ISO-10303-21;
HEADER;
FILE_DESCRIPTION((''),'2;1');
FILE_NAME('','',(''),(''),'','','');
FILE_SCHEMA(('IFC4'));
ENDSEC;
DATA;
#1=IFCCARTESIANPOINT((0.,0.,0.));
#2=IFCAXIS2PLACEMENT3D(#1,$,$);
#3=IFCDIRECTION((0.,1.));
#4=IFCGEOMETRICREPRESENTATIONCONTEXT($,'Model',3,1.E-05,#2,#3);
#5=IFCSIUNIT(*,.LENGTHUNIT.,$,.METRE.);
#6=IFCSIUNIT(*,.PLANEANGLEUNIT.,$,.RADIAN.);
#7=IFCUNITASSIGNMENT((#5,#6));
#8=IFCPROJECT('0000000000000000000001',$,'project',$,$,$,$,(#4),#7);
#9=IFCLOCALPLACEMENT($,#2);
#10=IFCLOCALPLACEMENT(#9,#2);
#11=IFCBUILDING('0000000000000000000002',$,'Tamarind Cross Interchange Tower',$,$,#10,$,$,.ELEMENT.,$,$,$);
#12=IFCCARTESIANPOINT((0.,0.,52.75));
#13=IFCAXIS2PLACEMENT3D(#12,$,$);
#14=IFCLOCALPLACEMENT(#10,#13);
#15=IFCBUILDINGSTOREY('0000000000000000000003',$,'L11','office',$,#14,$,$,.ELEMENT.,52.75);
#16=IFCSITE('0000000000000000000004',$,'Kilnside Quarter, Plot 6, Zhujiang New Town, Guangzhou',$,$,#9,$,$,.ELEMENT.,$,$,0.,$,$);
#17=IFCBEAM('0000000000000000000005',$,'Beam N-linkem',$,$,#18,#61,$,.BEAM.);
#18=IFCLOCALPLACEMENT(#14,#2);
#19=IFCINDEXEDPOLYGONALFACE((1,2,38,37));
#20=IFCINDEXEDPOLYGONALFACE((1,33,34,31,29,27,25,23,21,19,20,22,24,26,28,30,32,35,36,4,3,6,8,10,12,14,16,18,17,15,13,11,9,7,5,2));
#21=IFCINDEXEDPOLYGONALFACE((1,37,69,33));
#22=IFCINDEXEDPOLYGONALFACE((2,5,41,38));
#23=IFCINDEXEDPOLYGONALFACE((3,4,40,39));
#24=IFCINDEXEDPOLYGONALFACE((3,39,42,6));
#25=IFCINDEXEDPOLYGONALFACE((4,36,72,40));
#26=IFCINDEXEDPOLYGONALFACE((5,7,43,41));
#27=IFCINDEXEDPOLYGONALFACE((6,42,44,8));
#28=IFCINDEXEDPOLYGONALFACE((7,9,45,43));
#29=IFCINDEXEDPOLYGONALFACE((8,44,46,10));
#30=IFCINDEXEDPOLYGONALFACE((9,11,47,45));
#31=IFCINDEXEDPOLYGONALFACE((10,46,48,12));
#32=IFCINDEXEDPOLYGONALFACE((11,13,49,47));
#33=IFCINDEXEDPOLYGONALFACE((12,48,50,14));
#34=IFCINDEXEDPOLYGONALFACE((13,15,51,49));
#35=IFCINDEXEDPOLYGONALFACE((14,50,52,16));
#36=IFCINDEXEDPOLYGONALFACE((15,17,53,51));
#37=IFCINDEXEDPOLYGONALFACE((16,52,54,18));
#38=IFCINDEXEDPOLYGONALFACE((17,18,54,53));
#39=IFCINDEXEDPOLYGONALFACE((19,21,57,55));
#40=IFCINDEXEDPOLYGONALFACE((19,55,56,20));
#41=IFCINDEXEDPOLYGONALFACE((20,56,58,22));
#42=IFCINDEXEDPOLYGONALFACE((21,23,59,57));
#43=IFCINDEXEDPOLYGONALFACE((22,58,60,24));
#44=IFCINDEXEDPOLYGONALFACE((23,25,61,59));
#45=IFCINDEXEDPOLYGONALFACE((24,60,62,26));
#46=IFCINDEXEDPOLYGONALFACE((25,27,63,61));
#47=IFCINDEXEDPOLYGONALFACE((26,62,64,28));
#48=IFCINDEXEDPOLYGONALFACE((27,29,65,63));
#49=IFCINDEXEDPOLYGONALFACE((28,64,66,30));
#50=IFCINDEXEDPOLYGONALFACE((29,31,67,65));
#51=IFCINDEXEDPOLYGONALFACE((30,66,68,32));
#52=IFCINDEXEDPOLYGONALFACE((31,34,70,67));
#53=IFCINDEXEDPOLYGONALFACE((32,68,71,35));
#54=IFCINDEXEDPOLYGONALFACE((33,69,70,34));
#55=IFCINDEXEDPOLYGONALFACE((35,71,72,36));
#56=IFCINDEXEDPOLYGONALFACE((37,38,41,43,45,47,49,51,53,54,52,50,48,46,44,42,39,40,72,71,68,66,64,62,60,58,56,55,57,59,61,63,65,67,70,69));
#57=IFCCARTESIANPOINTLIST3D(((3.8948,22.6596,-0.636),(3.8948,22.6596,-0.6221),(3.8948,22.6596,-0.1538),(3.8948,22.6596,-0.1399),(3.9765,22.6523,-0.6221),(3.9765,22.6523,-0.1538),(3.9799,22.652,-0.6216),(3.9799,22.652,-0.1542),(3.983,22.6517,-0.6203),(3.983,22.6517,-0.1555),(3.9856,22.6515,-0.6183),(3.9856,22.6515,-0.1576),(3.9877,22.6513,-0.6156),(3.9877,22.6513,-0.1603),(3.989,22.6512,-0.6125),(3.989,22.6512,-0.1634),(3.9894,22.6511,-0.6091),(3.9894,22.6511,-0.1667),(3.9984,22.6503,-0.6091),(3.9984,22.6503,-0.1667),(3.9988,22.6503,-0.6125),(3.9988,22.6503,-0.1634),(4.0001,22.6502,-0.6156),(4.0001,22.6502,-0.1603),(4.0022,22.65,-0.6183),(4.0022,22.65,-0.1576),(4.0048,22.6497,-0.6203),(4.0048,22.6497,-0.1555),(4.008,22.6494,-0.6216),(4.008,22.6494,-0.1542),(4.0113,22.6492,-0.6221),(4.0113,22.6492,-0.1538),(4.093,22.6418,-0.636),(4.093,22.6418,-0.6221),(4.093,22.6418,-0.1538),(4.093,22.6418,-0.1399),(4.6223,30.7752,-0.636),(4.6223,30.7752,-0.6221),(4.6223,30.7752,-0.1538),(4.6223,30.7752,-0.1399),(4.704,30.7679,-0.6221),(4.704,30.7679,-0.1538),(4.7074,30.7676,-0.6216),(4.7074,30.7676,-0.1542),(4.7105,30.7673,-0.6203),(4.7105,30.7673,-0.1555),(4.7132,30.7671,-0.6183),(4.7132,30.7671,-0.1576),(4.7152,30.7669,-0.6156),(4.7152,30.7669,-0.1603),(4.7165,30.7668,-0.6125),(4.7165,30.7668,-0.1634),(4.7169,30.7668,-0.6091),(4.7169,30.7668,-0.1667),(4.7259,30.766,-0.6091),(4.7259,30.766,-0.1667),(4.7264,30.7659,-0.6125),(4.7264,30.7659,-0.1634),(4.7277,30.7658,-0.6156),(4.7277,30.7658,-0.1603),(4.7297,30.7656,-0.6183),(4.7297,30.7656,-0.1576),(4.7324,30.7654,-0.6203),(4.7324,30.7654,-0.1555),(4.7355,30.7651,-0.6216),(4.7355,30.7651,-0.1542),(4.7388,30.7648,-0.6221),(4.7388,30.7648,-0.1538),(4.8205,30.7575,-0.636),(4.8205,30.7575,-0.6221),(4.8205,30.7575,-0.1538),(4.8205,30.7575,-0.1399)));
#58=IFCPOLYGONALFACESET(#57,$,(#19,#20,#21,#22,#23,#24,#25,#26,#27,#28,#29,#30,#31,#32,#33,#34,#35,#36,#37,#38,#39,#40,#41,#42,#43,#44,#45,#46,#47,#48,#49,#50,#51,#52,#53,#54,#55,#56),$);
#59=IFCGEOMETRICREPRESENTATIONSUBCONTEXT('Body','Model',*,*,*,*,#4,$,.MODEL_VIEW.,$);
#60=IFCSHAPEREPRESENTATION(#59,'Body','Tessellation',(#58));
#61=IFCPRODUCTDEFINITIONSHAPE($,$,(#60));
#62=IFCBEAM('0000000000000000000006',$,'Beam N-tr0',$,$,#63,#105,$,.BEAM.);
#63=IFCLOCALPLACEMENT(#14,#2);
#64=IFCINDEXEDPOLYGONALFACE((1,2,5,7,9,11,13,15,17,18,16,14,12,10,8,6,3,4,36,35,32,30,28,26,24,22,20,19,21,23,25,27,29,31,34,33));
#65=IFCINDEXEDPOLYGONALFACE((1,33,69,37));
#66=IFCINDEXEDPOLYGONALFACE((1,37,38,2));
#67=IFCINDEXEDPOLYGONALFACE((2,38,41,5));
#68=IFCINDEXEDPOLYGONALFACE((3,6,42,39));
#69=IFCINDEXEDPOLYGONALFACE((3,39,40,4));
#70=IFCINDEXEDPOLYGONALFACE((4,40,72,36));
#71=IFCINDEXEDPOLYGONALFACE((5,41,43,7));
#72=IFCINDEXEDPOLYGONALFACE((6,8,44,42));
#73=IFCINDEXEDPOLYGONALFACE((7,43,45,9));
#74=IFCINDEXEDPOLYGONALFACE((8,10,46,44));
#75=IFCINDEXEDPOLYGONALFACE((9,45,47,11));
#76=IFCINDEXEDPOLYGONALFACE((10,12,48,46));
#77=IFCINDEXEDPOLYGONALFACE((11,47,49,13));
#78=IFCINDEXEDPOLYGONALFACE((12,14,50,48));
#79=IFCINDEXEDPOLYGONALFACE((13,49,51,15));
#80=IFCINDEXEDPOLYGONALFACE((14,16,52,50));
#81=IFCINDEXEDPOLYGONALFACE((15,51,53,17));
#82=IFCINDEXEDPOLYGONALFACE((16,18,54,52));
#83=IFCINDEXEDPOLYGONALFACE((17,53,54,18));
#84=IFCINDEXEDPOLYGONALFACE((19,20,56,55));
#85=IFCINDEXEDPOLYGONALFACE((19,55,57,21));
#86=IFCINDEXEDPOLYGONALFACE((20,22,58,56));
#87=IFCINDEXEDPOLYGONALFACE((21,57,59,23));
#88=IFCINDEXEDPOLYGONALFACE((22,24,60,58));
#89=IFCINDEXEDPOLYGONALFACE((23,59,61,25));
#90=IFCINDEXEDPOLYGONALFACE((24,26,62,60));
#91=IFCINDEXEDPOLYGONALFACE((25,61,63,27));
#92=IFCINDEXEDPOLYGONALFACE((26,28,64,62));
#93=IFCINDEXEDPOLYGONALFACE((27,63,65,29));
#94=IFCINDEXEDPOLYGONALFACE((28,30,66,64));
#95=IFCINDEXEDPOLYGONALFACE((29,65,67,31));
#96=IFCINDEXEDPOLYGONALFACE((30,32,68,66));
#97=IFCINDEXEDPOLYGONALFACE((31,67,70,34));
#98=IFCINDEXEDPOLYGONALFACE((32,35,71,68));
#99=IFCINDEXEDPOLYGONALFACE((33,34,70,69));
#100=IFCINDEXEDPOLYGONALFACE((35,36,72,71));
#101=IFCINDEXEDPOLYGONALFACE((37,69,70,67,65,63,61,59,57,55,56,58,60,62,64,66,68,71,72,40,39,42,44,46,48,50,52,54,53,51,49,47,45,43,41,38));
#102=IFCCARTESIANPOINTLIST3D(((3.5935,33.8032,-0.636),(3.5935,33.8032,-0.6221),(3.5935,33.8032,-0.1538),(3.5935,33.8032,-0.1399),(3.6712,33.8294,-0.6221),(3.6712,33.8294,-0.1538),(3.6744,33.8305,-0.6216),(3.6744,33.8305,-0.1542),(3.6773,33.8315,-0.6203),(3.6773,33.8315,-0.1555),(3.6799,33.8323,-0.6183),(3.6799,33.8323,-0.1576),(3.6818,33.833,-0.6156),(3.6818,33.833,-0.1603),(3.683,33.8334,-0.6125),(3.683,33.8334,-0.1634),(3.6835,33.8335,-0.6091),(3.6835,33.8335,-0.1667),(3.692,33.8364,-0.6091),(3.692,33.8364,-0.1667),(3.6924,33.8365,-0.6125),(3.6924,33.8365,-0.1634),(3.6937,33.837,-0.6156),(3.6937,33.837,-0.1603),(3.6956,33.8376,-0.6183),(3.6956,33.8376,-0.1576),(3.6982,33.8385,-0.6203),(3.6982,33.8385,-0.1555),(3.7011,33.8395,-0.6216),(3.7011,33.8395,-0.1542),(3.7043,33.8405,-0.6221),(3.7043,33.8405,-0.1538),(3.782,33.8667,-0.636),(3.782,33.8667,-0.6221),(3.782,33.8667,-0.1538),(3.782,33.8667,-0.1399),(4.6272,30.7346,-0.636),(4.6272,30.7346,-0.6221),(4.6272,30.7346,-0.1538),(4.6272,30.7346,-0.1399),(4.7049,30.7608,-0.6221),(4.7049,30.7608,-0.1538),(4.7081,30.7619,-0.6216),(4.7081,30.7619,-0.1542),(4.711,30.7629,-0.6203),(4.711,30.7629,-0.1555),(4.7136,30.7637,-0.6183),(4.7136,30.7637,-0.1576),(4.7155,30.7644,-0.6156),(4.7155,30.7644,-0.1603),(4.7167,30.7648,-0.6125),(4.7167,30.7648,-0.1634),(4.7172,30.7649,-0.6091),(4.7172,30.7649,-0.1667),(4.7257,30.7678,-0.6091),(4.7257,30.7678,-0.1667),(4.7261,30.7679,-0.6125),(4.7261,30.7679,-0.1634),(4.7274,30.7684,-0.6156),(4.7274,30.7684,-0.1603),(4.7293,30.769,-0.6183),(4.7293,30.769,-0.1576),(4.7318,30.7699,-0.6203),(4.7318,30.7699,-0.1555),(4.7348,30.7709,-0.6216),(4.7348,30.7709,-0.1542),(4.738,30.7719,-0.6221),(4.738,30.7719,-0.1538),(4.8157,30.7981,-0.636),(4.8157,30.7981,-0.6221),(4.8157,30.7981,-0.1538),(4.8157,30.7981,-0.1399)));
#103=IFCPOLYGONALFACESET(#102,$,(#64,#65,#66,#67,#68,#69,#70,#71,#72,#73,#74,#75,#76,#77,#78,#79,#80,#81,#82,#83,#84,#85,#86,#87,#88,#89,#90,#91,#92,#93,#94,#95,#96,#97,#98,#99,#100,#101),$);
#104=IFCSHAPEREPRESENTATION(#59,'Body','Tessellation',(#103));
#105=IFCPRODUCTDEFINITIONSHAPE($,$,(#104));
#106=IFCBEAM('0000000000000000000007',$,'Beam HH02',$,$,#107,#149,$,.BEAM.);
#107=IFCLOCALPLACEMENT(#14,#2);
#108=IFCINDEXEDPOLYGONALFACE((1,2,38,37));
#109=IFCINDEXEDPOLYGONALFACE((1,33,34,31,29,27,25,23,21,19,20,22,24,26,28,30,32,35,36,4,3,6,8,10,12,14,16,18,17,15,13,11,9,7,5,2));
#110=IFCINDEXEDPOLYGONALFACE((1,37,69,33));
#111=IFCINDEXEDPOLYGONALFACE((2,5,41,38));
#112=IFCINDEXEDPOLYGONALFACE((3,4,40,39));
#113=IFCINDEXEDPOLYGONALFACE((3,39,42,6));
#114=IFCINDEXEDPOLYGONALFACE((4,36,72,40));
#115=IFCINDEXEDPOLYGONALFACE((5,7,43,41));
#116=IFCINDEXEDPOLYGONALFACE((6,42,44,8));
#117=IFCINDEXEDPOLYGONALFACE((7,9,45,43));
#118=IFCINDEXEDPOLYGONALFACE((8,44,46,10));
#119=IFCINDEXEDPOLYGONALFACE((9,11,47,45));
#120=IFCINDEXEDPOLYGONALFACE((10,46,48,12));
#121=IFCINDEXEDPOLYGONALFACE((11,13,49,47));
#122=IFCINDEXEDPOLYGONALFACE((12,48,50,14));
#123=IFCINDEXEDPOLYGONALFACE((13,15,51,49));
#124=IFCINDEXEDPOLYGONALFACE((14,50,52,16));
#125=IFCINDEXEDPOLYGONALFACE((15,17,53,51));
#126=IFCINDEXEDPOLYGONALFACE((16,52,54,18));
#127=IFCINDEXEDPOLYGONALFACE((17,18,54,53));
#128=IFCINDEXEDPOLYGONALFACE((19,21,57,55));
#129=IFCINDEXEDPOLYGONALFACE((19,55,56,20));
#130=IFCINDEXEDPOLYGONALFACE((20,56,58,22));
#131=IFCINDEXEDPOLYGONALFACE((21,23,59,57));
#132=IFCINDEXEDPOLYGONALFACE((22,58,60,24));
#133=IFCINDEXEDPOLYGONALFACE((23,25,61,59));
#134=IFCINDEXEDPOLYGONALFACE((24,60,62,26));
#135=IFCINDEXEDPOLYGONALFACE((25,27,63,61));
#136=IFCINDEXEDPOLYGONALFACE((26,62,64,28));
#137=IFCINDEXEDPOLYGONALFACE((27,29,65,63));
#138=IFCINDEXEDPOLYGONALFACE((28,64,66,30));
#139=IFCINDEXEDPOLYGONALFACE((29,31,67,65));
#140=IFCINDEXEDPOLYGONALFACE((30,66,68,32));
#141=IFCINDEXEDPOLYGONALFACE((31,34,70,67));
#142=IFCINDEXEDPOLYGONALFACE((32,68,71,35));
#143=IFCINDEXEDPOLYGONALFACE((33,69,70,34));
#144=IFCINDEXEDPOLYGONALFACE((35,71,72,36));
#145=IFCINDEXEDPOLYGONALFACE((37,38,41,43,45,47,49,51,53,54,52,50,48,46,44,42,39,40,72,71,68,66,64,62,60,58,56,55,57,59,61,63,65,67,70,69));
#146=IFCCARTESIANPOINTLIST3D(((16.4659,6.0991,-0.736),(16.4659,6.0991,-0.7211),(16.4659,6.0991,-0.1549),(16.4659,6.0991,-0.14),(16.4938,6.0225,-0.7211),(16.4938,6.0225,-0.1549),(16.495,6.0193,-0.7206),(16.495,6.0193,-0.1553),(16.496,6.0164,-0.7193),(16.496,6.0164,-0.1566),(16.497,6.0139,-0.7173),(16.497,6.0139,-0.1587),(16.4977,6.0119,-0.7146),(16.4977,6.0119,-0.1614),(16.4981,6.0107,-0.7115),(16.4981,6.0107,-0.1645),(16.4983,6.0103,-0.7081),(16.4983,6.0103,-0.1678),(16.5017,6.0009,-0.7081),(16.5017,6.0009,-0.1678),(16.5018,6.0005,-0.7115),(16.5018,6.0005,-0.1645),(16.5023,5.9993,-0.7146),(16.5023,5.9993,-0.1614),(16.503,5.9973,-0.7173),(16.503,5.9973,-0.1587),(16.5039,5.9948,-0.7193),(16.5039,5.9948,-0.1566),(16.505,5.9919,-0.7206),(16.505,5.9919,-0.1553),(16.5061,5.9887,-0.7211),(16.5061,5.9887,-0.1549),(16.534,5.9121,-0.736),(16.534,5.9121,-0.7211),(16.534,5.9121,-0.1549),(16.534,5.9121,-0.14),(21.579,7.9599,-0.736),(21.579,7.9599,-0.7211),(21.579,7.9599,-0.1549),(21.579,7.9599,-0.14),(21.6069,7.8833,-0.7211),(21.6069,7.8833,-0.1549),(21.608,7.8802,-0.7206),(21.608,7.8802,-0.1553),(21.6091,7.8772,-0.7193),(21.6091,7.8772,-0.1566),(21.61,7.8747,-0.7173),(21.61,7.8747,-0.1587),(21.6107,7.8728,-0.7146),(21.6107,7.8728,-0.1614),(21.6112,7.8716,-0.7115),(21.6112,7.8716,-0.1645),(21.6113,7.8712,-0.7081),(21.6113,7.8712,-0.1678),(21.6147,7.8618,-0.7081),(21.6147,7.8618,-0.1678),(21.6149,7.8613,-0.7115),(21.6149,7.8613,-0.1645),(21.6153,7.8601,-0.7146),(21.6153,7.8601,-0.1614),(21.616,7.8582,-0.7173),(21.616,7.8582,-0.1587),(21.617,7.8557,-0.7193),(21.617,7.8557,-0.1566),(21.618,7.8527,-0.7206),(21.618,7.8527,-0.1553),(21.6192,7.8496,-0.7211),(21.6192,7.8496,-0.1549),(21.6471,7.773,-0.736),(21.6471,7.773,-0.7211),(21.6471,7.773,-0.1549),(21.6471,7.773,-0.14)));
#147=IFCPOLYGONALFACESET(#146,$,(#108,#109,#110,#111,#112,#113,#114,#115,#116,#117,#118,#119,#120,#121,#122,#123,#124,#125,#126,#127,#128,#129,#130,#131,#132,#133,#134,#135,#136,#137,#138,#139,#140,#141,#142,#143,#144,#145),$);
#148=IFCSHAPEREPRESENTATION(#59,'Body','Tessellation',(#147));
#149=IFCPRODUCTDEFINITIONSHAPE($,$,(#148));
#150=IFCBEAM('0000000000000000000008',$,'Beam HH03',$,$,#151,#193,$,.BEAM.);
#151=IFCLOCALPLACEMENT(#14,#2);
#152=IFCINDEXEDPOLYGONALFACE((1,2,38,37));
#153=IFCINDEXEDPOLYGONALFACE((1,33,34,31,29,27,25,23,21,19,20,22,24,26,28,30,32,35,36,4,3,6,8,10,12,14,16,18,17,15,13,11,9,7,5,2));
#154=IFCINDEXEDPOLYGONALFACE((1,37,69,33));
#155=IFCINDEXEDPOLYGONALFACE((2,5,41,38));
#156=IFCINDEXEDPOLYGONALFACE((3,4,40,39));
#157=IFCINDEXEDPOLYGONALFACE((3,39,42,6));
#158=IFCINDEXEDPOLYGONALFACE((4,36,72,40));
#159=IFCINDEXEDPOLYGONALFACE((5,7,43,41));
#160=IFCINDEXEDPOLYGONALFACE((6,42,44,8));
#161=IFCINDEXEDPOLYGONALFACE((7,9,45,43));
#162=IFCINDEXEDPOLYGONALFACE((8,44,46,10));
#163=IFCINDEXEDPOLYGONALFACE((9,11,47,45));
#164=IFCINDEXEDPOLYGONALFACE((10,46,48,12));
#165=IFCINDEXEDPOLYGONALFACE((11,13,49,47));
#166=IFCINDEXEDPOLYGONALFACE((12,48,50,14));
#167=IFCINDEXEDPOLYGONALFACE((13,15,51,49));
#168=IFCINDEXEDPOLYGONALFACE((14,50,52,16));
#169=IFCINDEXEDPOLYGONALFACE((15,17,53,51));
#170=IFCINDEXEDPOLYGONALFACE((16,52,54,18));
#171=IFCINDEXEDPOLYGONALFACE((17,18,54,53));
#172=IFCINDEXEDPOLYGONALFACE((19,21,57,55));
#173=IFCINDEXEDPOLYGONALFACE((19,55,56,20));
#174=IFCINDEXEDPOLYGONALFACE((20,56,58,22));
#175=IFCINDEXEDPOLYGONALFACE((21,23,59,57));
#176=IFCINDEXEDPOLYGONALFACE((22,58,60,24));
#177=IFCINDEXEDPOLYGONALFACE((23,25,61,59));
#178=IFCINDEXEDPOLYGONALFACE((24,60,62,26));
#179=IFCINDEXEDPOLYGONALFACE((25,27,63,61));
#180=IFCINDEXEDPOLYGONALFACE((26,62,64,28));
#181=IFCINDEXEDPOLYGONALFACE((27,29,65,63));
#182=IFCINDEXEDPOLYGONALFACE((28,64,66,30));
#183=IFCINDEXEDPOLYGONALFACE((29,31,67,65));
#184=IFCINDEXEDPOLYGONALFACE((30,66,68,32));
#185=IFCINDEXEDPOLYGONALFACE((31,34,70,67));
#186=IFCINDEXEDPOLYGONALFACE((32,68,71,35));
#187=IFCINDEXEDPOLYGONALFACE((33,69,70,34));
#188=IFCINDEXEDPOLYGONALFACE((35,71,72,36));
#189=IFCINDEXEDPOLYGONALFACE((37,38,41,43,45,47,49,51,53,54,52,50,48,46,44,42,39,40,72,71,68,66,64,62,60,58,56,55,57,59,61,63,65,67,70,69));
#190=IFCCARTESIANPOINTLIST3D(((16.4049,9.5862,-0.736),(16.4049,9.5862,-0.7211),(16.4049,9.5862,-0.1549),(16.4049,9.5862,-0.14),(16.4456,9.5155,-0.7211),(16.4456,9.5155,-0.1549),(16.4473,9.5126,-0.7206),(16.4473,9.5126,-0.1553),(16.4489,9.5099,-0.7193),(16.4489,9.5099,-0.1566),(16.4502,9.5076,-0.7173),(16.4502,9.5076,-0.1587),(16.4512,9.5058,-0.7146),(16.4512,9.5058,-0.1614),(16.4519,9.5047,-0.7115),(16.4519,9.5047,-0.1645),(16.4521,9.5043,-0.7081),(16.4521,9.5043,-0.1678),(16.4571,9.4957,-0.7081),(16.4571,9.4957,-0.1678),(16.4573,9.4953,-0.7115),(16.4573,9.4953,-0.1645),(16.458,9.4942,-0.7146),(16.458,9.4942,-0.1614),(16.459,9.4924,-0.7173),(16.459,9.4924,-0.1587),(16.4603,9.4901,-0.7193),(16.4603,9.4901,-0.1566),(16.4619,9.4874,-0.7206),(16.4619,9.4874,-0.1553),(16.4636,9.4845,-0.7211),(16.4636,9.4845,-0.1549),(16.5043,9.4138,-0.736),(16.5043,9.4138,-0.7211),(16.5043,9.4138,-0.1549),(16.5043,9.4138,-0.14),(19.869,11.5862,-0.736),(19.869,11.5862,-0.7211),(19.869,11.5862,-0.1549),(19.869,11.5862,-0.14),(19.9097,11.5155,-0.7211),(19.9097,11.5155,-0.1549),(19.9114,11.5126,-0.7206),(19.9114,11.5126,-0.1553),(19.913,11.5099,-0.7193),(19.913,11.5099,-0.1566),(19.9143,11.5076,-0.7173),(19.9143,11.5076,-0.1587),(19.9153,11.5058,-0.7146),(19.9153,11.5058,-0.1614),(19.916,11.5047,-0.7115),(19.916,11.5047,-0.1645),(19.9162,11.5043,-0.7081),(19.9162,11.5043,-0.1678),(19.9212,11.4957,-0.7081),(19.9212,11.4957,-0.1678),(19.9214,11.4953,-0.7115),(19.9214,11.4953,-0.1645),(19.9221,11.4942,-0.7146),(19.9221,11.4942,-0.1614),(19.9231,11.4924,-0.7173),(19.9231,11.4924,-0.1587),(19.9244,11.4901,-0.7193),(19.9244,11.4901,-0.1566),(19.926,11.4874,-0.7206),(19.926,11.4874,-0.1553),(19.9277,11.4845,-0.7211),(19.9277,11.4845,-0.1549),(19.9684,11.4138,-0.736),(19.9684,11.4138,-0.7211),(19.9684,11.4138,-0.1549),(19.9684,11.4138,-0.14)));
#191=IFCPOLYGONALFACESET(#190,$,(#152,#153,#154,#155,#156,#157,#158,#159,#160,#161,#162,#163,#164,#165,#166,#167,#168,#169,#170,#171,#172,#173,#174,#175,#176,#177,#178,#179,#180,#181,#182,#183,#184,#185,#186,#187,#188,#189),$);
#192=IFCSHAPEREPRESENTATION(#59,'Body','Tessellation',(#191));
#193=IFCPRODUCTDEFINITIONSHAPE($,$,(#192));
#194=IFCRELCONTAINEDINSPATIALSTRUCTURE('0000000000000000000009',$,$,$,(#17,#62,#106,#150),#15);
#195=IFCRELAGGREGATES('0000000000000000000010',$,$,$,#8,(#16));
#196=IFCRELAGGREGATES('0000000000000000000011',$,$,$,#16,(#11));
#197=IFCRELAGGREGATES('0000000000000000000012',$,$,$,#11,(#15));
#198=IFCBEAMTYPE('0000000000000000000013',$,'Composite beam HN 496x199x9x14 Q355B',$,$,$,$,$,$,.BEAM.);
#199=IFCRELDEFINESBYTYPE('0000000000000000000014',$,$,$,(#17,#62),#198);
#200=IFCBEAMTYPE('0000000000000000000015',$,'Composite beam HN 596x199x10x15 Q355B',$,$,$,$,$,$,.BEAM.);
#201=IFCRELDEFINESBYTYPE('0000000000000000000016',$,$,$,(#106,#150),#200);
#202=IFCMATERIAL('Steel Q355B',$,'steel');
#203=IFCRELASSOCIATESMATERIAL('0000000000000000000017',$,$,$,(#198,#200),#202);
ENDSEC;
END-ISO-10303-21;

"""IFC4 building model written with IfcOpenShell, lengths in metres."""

from ifc_helpers import new_model, si_unit, direction, frame, origin, origin_2d, place, context, subcontext, project, spatial, i_section, extrude, material, material_profile, profile_set, type_object, element, save


model = new_model("IFC4")

# Units and contexts
model_context = context("Model", 3, precision=1e-05, world=origin(), true_north=direction((0.0, 1.0)))
body_context = subcontext(model_context, "Body", "Model", "MODEL_VIEW")
ifc_project = project(units=[si_unit("LENGTHUNIT", "METRE"), si_unit("PLANEANGLEUNIT", "RADIAN")], contexts=[model_context])

# Site, building, storey
site_placement = place(None, origin())
site = spatial("IfcSite", under=ifc_project, at=site_placement, Name="Kilnside Quarter, Plot 6, Zhujiang New Town, Guangzhou", CompositionType="ELEMENT", RefElevation=0.0)
building_placement = place(site_placement, origin())
building = spatial("IfcBuilding", under=site, at=building_placement, Name="Tamarind Cross Interchange Tower", CompositionType="ELEMENT")
storey_placement = place(building_placement, frame((0.0, 0.0, 52.75)))
storey = spatial("IfcBuildingStorey", under=building, at=storey_placement, Name="L11", Description="office", CompositionType="ELEMENT", Elevation=52.75)

# Beams
ifc_material_1 = material(Name="Steel Q355B", Category="steel")
ifc_material_profile_1 = material_profile(ifc_material_1, i_section(OverallWidth=0.199, OverallDepth=0.4961, WebThickness=0.009, FlangeThickness=0.0139, FilletRadius=0.0129, at=origin_2d()), Name="HN 496x199x9x14")
ifc_profile_set_1 = profile_set([ifc_material_profile_1], Name="Steel Q355B")
beam_type_1 = type_object("IfcBeamType", Name="Composite beam HN 496x199x9x14 Q355B", PredefinedType="BEAM", material=ifc_profile_set_1)
beam_1_placement = place(storey_placement, frame((4.7214, 30.7664, -0.3879), z_axis=(-0.089288, -0.996006, 0.0), x_axis=(0.996006, -0.089288, 0.0)))
element("IfcBeam", 1, at=beam_1_placement, inside=storey, type_object=beam_type_1, Name="Beam N-linkem", PredefinedType="BEAM", context=body_context, shape_type="SweptSolid", body=[
    extrude(i_section(OverallWidth=0.199, OverallDepth=0.4961, WebThickness=0.009, FlangeThickness=0.0139, FilletRadius=0.0129, at=origin_2d()), origin(), (0.0, 0.0, 1.0), 8.1482),
])
beam_2_placement = place(storey_placement, frame((4.7214, 30.7664, -0.3879), z_axis=(-0.319235, 0.947676, 0.0), x_axis=(-0.947676, -0.319235, 0.0)))
element("IfcBeam", 2, at=beam_2_placement, inside=storey, type_object=beam_type_1, Name="Beam N-tr0", PredefinedType="BEAM", context=body_context, shape_type="SweptSolid", body=[
    extrude(i_section(OverallWidth=0.199, OverallDepth=0.4961, WebThickness=0.009, FlangeThickness=0.0139, FilletRadius=0.0129, at=origin_2d()), origin(), (0.0, 0.0, 1.0), 3.238),
])
ifc_material_profile_2 = material_profile(ifc_material_1, i_section(OverallWidth=0.199, OverallDepth=0.5959, WebThickness=0.01, FlangeThickness=0.0149, FilletRadius=0.0129, at=origin_2d()), Name="HN 596x199x10x15")
ifc_profile_set_2 = profile_set([ifc_material_profile_2], Name="Steel Q355B")
beam_type_2 = type_object("IfcBeamType", Name="Composite beam HN 596x199x10x15 Q355B", PredefinedType="BEAM", material=ifc_profile_set_2)
beam_3_placement = place(storey_placement, frame((21.613, 7.8665, -0.438), z_axis=(-0.939702, -0.341995, 0.0), x_axis=(0.341995, -0.939702, 0.0)))
element("IfcBeam", 3, at=beam_3_placement, inside=storey, type_object=beam_type_2, Name="Beam HH02", PredefinedType="BEAM", context=body_context, shape_type="SweptSolid", body=[
    extrude(i_section(OverallWidth=0.199, OverallDepth=0.5959, WebThickness=0.01, FlangeThickness=0.0149, FilletRadius=0.0129, at=origin_2d()), origin(), (0.0, 0.0, 1.0), 5.4412),
])
beam_4_placement = place(storey_placement, frame((19.9187, 11.5, -0.438), z_axis=(-0.866026, -0.499999, 0.0), x_axis=(0.499999, -0.866026, 0.0)))
element("IfcBeam", 4, at=beam_4_placement, inside=storey, type_object=beam_type_2, Name="Beam HH03", PredefinedType="BEAM", context=body_context, shape_type="SweptSolid", body=[
    extrude(i_section(OverallWidth=0.199, OverallDepth=0.5959, WebThickness=0.01, FlangeThickness=0.0149, FilletRadius=0.0129, at=origin_2d()), origin(), (0.0, 0.0, 1.0), 4.0),
])

save(model, "model.ifc")
